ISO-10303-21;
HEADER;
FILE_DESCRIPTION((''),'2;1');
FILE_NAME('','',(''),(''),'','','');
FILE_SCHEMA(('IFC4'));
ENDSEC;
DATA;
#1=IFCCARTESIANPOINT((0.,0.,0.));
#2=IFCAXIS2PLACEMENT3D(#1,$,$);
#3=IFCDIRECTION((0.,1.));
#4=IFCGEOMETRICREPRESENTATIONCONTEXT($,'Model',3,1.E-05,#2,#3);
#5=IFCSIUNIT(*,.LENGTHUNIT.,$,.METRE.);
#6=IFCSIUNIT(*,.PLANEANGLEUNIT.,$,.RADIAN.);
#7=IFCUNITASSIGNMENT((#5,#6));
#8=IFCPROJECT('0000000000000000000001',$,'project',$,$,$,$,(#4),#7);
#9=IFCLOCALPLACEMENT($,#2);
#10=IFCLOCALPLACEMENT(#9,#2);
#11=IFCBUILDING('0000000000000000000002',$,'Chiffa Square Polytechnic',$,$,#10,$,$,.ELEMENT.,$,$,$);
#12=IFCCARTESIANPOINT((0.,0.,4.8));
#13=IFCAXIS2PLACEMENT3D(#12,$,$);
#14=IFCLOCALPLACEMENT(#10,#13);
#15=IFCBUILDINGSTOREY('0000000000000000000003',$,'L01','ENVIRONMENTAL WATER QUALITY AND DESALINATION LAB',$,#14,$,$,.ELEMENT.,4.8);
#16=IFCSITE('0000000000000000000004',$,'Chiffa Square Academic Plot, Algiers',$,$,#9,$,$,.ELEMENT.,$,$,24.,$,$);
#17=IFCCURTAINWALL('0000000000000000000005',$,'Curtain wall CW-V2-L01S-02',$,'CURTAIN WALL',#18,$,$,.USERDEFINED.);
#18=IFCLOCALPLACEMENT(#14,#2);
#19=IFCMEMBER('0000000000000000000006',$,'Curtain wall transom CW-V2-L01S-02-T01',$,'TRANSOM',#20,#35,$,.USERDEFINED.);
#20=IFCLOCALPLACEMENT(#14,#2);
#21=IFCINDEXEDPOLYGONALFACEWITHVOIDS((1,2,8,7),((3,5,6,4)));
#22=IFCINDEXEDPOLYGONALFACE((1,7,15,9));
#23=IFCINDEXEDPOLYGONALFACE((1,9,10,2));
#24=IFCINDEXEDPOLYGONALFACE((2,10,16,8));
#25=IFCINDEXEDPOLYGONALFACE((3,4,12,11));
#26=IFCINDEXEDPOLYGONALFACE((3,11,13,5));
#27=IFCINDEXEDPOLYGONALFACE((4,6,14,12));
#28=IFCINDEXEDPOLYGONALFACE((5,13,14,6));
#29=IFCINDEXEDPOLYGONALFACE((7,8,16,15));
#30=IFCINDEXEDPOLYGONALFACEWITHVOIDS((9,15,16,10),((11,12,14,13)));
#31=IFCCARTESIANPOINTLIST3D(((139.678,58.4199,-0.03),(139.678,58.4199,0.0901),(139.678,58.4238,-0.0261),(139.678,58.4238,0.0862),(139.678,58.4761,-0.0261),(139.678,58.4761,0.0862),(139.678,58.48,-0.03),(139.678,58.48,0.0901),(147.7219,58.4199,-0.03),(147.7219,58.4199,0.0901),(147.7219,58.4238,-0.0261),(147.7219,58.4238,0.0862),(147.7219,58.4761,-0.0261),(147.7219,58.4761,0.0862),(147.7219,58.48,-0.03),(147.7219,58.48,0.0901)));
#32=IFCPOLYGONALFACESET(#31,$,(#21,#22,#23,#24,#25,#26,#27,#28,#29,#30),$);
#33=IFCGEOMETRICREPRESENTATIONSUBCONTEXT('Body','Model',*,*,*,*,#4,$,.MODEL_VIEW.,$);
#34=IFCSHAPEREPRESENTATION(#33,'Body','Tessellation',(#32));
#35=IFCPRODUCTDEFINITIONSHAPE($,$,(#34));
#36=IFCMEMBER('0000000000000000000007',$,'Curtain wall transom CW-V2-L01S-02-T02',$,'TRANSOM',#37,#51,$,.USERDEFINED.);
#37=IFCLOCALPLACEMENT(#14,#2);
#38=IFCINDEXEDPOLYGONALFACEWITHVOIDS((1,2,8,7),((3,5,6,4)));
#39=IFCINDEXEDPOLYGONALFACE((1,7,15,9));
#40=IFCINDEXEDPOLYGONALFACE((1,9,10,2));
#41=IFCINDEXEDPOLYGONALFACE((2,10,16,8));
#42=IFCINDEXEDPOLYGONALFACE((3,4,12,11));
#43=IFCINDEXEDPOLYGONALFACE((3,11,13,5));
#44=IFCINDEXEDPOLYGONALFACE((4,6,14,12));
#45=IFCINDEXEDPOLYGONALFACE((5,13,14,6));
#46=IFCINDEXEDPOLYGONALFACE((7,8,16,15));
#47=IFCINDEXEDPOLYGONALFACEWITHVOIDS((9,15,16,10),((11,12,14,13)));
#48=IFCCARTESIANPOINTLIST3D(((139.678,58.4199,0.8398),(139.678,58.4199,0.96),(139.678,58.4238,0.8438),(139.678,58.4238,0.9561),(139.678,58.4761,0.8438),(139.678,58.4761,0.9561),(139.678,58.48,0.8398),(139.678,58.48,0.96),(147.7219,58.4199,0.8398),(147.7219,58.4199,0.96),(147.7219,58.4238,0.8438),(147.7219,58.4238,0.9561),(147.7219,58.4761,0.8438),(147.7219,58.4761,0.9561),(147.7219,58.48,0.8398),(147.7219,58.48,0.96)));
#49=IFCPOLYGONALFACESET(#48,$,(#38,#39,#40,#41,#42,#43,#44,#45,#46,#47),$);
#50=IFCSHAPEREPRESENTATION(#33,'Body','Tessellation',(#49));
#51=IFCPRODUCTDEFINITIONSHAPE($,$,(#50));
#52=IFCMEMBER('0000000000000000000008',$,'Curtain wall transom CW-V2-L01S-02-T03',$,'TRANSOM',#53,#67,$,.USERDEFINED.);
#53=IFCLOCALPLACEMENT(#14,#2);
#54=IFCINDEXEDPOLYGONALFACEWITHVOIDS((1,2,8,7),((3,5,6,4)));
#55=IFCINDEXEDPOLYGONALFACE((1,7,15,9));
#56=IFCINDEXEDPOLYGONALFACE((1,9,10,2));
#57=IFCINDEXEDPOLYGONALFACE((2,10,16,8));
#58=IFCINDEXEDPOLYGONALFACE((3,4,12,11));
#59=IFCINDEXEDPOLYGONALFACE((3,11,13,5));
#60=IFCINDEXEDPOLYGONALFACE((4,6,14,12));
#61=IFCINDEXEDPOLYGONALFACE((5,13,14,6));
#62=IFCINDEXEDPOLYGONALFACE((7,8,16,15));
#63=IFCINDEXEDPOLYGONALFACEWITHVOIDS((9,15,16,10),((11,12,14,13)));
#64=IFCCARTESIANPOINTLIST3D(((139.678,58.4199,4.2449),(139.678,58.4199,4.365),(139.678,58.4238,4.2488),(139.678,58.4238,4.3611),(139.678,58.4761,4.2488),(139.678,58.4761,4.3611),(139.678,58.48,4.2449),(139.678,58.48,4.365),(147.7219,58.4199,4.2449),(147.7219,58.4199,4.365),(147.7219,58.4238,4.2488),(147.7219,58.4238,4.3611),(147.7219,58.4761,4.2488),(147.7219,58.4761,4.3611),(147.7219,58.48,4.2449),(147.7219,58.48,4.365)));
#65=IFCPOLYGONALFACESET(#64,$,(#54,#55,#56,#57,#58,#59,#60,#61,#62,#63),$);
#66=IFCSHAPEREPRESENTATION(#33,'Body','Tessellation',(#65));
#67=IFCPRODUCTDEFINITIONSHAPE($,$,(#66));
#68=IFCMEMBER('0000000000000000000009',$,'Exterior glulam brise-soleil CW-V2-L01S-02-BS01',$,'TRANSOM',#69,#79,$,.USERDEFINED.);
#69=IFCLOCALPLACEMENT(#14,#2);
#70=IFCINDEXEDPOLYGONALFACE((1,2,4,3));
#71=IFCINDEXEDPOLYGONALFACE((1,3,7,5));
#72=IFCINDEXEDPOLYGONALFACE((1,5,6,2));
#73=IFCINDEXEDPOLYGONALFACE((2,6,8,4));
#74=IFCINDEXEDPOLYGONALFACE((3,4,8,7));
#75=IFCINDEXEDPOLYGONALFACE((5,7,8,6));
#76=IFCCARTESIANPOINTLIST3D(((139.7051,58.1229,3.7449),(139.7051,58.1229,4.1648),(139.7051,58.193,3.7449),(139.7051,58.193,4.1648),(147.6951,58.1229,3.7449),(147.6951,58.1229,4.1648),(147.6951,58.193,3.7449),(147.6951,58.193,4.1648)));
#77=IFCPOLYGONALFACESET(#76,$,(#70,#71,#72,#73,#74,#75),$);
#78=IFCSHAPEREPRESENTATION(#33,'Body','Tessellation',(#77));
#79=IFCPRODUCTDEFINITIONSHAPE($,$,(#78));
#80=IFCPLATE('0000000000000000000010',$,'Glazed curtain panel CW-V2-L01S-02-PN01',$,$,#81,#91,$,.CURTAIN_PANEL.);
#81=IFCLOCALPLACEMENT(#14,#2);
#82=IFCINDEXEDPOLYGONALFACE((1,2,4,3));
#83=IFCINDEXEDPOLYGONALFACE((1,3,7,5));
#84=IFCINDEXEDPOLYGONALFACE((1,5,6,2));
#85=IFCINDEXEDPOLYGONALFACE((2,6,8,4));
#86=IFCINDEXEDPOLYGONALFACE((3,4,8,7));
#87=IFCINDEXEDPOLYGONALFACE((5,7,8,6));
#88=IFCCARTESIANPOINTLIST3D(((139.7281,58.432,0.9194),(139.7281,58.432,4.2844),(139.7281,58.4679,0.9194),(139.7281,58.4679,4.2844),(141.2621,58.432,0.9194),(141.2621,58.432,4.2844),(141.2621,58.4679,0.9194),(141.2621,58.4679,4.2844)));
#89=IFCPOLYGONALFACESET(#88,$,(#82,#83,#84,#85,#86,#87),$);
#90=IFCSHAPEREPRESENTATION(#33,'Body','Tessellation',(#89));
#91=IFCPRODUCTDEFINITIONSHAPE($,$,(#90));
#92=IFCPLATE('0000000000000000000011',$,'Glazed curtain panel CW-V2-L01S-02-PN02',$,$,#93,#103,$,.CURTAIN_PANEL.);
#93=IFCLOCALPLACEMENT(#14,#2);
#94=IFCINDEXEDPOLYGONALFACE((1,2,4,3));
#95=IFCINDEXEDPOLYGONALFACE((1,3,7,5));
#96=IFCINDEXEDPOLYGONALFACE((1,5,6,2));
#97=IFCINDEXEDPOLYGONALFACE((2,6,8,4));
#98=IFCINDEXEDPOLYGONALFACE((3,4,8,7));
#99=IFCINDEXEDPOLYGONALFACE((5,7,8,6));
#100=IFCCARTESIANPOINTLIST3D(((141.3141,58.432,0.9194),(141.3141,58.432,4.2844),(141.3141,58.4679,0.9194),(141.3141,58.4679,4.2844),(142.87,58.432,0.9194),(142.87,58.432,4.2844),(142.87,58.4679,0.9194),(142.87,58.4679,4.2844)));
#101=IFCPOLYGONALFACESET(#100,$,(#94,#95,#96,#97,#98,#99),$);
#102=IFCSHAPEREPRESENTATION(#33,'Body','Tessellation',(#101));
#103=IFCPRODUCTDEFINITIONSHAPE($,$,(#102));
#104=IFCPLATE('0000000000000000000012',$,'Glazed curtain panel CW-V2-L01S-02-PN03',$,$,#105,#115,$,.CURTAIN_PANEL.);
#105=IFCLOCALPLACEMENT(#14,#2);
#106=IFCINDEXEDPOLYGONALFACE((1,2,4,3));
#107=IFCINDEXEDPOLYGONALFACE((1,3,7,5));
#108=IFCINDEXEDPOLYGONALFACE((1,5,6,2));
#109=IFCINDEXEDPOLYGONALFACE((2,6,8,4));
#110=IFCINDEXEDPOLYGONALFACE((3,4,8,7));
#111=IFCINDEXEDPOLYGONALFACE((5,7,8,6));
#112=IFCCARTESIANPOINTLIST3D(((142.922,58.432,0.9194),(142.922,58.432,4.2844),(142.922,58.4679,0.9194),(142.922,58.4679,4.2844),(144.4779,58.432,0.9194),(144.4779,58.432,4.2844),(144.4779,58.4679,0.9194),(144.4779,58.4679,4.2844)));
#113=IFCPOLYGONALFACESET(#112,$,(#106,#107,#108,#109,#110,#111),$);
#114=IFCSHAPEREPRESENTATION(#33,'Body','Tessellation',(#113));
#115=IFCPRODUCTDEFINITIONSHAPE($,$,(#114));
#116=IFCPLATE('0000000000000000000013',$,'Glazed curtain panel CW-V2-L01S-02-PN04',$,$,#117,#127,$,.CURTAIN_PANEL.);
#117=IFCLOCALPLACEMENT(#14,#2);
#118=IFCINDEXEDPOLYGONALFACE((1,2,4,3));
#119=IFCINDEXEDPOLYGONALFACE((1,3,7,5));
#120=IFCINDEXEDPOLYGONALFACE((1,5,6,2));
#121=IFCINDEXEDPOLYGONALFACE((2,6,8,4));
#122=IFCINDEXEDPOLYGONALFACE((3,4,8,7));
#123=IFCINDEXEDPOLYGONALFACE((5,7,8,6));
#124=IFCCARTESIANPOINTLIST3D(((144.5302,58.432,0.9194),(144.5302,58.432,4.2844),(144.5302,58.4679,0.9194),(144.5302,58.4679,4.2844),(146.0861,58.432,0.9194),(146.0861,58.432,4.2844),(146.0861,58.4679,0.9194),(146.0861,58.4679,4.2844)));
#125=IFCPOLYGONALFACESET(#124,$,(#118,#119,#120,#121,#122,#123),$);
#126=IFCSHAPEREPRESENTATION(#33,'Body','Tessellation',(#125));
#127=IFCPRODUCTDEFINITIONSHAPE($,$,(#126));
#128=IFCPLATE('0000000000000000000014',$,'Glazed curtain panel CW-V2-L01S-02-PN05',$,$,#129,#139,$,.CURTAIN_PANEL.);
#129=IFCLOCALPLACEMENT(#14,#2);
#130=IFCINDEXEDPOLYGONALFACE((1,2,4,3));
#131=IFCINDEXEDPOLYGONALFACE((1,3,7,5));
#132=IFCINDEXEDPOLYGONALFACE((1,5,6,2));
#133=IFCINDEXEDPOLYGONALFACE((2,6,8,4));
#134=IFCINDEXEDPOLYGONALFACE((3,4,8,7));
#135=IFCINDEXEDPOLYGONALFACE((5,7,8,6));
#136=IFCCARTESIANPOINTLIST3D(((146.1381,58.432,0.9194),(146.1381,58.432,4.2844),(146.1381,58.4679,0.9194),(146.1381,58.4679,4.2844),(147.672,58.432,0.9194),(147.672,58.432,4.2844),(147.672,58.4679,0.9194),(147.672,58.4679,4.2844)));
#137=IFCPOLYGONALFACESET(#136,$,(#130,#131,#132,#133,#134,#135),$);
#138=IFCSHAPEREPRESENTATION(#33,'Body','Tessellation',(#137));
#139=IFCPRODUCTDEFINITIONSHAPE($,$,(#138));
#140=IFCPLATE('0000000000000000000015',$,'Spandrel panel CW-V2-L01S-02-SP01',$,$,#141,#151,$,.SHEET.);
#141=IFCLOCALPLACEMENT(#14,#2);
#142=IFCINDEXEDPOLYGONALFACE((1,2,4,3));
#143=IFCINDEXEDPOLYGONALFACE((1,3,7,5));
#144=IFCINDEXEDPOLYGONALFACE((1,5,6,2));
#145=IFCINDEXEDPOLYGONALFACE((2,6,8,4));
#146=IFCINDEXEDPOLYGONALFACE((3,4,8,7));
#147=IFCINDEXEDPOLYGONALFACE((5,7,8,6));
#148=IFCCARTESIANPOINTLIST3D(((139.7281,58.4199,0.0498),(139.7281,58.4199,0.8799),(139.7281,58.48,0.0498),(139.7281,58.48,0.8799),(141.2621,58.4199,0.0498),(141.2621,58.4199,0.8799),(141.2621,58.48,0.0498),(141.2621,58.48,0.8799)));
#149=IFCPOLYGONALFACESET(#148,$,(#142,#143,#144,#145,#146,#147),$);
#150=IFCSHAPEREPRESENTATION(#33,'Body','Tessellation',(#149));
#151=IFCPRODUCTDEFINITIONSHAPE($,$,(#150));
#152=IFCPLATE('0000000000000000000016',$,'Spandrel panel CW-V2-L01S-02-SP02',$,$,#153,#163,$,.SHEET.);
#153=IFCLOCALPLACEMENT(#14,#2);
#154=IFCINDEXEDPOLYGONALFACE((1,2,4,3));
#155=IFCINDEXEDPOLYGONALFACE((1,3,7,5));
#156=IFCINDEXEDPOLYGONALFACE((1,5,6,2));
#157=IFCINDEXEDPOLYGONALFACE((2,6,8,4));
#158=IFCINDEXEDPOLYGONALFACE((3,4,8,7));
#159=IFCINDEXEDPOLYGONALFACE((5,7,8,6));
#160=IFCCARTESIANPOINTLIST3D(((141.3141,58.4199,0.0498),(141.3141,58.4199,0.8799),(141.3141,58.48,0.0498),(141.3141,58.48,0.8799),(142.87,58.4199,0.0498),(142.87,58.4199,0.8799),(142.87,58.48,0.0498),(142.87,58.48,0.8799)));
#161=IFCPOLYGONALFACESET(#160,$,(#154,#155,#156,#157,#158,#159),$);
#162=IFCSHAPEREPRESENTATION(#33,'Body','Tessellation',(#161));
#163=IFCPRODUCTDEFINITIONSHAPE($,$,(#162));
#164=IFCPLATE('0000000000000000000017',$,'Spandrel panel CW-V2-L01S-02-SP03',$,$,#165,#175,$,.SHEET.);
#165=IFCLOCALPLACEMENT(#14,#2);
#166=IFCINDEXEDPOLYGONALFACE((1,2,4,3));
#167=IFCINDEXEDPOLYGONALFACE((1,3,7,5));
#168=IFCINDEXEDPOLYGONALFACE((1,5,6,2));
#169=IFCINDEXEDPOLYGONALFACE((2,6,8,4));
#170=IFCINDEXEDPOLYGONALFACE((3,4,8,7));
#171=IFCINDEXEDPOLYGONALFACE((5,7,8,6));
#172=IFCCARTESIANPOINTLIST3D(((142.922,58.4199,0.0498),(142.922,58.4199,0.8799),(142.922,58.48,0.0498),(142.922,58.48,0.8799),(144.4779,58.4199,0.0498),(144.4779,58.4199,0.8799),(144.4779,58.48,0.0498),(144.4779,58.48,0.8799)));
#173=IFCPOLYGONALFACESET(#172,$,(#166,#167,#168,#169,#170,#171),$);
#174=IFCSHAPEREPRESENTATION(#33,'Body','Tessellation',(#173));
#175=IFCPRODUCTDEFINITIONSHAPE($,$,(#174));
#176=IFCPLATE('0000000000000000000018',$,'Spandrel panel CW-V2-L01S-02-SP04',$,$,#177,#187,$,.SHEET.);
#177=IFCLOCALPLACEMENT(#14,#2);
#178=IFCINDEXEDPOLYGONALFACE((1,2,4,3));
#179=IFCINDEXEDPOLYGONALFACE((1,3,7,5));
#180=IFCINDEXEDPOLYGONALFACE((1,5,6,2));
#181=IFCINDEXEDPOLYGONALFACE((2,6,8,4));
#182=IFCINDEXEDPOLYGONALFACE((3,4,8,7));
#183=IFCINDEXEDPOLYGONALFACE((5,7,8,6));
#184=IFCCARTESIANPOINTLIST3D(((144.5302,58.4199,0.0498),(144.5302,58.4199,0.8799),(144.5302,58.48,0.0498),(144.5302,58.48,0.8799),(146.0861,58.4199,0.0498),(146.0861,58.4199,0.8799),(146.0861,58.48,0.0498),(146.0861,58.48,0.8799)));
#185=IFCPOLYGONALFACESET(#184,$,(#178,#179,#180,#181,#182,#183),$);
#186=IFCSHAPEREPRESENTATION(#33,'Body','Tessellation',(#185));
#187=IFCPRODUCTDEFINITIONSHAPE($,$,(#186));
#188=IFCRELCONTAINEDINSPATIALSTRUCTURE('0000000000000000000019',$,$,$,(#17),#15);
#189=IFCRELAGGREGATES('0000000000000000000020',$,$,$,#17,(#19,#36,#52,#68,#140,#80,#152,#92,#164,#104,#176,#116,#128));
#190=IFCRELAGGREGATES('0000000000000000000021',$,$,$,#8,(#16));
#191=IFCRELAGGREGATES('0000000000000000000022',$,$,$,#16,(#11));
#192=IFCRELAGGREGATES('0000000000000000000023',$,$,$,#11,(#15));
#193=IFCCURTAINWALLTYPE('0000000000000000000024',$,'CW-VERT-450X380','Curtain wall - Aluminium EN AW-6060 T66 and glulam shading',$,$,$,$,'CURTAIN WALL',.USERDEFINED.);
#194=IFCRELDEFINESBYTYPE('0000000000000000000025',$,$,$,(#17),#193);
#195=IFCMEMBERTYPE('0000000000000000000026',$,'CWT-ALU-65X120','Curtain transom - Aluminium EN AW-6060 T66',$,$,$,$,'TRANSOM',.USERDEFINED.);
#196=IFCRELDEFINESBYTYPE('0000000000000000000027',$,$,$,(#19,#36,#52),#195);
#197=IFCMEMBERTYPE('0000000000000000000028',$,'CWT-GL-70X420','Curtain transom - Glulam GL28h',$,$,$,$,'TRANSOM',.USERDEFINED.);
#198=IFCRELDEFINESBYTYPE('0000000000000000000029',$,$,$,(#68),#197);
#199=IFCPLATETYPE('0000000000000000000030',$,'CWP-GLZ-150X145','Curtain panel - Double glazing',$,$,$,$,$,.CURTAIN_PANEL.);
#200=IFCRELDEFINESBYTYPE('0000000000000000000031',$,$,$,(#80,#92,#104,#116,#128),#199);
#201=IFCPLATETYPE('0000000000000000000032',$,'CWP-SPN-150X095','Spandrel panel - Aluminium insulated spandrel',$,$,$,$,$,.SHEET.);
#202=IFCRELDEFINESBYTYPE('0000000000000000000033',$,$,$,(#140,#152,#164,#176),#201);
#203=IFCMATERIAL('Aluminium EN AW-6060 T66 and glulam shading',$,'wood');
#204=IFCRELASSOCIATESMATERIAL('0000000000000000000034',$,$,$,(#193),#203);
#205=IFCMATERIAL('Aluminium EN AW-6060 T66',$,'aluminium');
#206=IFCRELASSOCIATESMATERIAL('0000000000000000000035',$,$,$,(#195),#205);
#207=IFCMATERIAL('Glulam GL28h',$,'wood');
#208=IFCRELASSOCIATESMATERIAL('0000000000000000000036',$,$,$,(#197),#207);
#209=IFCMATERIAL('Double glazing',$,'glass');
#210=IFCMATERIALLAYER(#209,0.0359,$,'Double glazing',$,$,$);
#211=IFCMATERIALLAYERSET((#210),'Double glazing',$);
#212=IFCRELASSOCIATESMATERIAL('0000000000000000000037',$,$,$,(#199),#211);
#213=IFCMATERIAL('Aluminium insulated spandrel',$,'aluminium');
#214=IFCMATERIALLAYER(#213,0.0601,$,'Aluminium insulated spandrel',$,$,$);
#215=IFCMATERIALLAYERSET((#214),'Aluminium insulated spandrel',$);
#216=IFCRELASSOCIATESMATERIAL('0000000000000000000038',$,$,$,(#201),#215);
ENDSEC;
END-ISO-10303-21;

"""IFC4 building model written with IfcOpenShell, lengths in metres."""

from ifc_helpers import new_model, si_unit, direction, frame, origin, origin_2d, place, context, subcontext, project, spatial, rectangle, hollow_rectangle, extrude, material, layer, layer_set, material_profile, profile_set, type_object, element, aggregate, save


model = new_model("IFC4")

# Units and contexts
model_context = context("Model", 3, precision=1e-05, world=origin(), true_north=direction((0.0, 1.0)))
body_context = subcontext(model_context, "Body", "Model", "MODEL_VIEW")
ifc_project = project(units=[si_unit("LENGTHUNIT", "METRE"), si_unit("PLANEANGLEUNIT", "RADIAN")], contexts=[model_context])

# Site, building, storey
site_placement = place(None, origin())
site = spatial("IfcSite", under=ifc_project, at=site_placement, Name="Chiffa Square Academic Plot, Algiers", CompositionType="ELEMENT", RefElevation=24.0)
building_placement = place(site_placement, origin())
building = spatial("IfcBuilding", under=site, at=building_placement, Name="Chiffa Square Polytechnic", CompositionType="ELEMENT")
storey_placement = place(building_placement, frame((0.0, 0.0, 4.8)))
storey = spatial("IfcBuildingStorey", under=building, at=storey_placement, Name="L01", Description="ENVIRONMENTAL WATER QUALITY AND DESALINATION LAB", CompositionType="ELEMENT", Elevation=4.8)

# Curtain wall, members, plates
ifc_material_1 = material(Name="Aluminium EN AW-6060 T66 and glulam shading", Category="wood")
curtain_wall_type = type_object("IfcCurtainWallType", Name="CW-VERT-450X380", Description="Curtain wall - Aluminium EN AW-6060 T66 and glulam shading", ElementType="CURTAIN WALL", PredefinedType="USERDEFINED", material=ifc_material_1)
curtain_wall_placement = place(storey_placement, origin())
curtain_wall = element("IfcCurtainWall", 1, at=curtain_wall_placement, inside=storey, type_object=curtain_wall_type, Name="Curtain wall CW-V2-L01S-02", ObjectType="CURTAIN WALL", PredefinedType="USERDEFINED")
ifc_material_2 = material(Name="Aluminium EN AW-6060 T66", Category="aluminium")
ifc_material_3 = material(Name="Glulam GL28h", Category="wood")
ifc_material_profile_1 = material_profile(ifc_material_2, hollow_rectangle(XDim=0.0601, YDim=0.1201, WallThickness=0.0039, at=origin_2d()), Name="ALU 60x120x4")
ifc_profile_set_1 = profile_set([ifc_material_profile_1], Name="Aluminium EN AW-6060 T66")
member_type_1 = type_object("IfcMemberType", Name="CWT-ALU-65X120", Description="Curtain transom - Aluminium EN AW-6060 T66", ElementType="TRANSOM", PredefinedType="USERDEFINED", material=ifc_profile_set_1)
member_1_placement = place(storey_placement, frame((139.678, 58.45, 0.03), z_axis=(1.0, 0.0, 0.0), x_axis=(0.0, 1.0, 0.0)))
member_1 = element("IfcMember", 2, at=member_1_placement, type_object=member_type_1, Name="Curtain wall transom CW-V2-L01S-02-T01", ObjectType="TRANSOM", PredefinedType="USERDEFINED", context=body_context, shape_type="SweptSolid", body=[
    extrude(hollow_rectangle(XDim=0.0601, YDim=0.1201, WallThickness=0.0039, at=origin_2d()), origin(), (0.0, 0.0, 1.0), 8.0439),
])
member_2_placement = place(storey_placement, frame((139.678, 58.45, 0.8999), z_axis=(1.0, 0.0, 0.0), x_axis=(0.0, 1.0, 0.0)))
member_2 = element("IfcMember", 3, at=member_2_placement, type_object=member_type_1, Name="Curtain wall transom CW-V2-L01S-02-T02", ObjectType="TRANSOM", PredefinedType="USERDEFINED", context=body_context, shape_type="SweptSolid", body=[
    extrude(hollow_rectangle(XDim=0.0601, YDim=0.1201, WallThickness=0.0039, at=origin_2d()), origin(), (0.0, 0.0, 1.0), 8.0439),
])
member_3_placement = place(storey_placement, frame((139.678, 58.45, 4.3049), z_axis=(1.0, 0.0, 0.0), x_axis=(0.0, 1.0, 0.0)))
member_3 = element("IfcMember", 4, at=member_3_placement, type_object=member_type_1, Name="Curtain wall transom CW-V2-L01S-02-T03", ObjectType="TRANSOM", PredefinedType="USERDEFINED", context=body_context, shape_type="SweptSolid", body=[
    extrude(hollow_rectangle(XDim=0.0601, YDim=0.1201, WallThickness=0.0039, at=origin_2d()), origin(), (0.0, 0.0, 1.0), 8.0439),
])
ifc_material_profile_2 = material_profile(ifc_material_3, rectangle(XDim=0.0701, YDim=0.4199, at=origin_2d()), Name="GL28h 70x420")
ifc_profile_set_2 = profile_set([ifc_material_profile_2], Name="Glulam GL28h")
member_type_2 = type_object("IfcMemberType", Name="CWT-GL-70X420", Description="Curtain transom - Glulam GL28h", ElementType="TRANSOM", PredefinedType="USERDEFINED", material=ifc_profile_set_2)
member_4_placement = place(storey_placement, frame((139.7051, 58.158, 3.9548), z_axis=(1.0, 0.0, 0.0), x_axis=(0.0, 1.0, 0.0)))
member_4 = element("IfcMember", 5, at=member_4_placement, type_object=member_type_2, Name="Exterior glulam brise-soleil CW-V2-L01S-02-BS01", ObjectType="TRANSOM", PredefinedType="USERDEFINED", context=body_context, shape_type="SweptSolid", body=[
    extrude(rectangle(XDim=0.0701, YDim=0.4199, at=origin_2d()), origin(), (0.0, 0.0, 1.0), 7.99),
])
ifc_material_4 = material(Name="Double glazing", Category="glass")
ifc_layer_1 = layer(ifc_material_4, 0.0359, Name="Double glazing")
ifc_layer_set_1 = layer_set([ifc_layer_1], Name="Double glazing")
plate_type_1 = type_object("IfcPlateType", Name="CWP-GLZ-150X145", Description="Curtain panel - Double glazing", PredefinedType="CURTAIN_PANEL", material=ifc_layer_set_1)
plate_1_placement = place(storey_placement, frame((140.4951, 58.45, 0.9194), z_axis=(0.0, 0.0, 1.0), x_axis=(1.0, 0.0, 0.0)))
plate_1 = element("IfcPlate", 6, at=plate_1_placement, type_object=plate_type_1, Name="Glazed curtain panel CW-V2-L01S-02-PN01", PredefinedType="CURTAIN_PANEL", context=body_context, shape_type="SweptSolid", body=[
    extrude(rectangle(XDim=1.5339, YDim=0.0359, at=origin_2d()), origin(), (0.0, 0.0, 1.0), 3.365),
])
plate_2_placement = place(storey_placement, frame((142.092, 58.45, 0.9194), z_axis=(0.0, 0.0, 1.0), x_axis=(1.0, 0.0, 0.0)))
plate_2 = element("IfcPlate", 7, at=plate_2_placement, type_object=plate_type_1, Name="Glazed curtain panel CW-V2-L01S-02-PN02", PredefinedType="CURTAIN_PANEL", context=body_context, shape_type="SweptSolid", body=[
    extrude(rectangle(XDim=1.5559, YDim=0.0359, at=origin_2d()), origin(), (0.0, 0.0, 1.0), 3.365),
])
plate_3_placement = place(storey_placement, frame((143.7, 58.45, 0.9194), z_axis=(0.0, 0.0, 1.0), x_axis=(1.0, 0.0, 0.0)))
plate_3 = element("IfcPlate", 8, at=plate_3_placement, type_object=plate_type_1, Name="Glazed curtain panel CW-V2-L01S-02-PN03", PredefinedType="CURTAIN_PANEL", context=body_context, shape_type="SweptSolid", body=[
    extrude(rectangle(XDim=1.5559, YDim=0.0359, at=origin_2d()), origin(), (0.0, 0.0, 1.0), 3.365),
])
plate_4_placement = place(storey_placement, frame((145.3081, 58.45, 0.9194), z_axis=(0.0, 0.0, 1.0), x_axis=(1.0, 0.0, 0.0)))
plate_4 = element("IfcPlate", 9, at=plate_4_placement, type_object=plate_type_1, Name="Glazed curtain panel CW-V2-L01S-02-PN04", PredefinedType="CURTAIN_PANEL", context=body_context, shape_type="SweptSolid", body=[
    extrude(rectangle(XDim=1.5559, YDim=0.0359, at=origin_2d()), origin(), (0.0, 0.0, 1.0), 3.365),
])
plate_5_placement = place(storey_placement, frame((146.905, 58.45, 0.9194), z_axis=(0.0, 0.0, 1.0), x_axis=(1.0, 0.0, 0.0)))
plate_5 = element("IfcPlate", 10, at=plate_5_placement, type_object=plate_type_1, Name="Glazed curtain panel CW-V2-L01S-02-PN05", PredefinedType="CURTAIN_PANEL", context=body_context, shape_type="SweptSolid", body=[
    extrude(rectangle(XDim=1.5339, YDim=0.0359, at=origin_2d()), origin(), (0.0, 0.0, 1.0), 3.365),
])
ifc_material_5 = material(Name="Aluminium insulated spandrel", Category="aluminium")
ifc_layer_2 = layer(ifc_material_5, 0.0601, Name="Aluminium insulated spandrel")
ifc_layer_set_2 = layer_set([ifc_layer_2], Name="Aluminium insulated spandrel")
plate_type_2 = type_object("IfcPlateType", Name="CWP-SPN-150X095", Description="Spandrel panel - Aluminium insulated spandrel", PredefinedType="SHEET", material=ifc_layer_set_2)
plate_6_placement = place(storey_placement, frame((140.4951, 58.45, 0.0498), z_axis=(0.0, 0.0, 1.0), x_axis=(1.0, 0.0, 0.0)))
plate_6 = element("IfcPlate", 11, at=plate_6_placement, type_object=plate_type_2, Name="Spandrel panel CW-V2-L01S-02-SP01", PredefinedType="SHEET", context=body_context, shape_type="SweptSolid", body=[
    extrude(rectangle(XDim=1.5339, YDim=0.0601, at=origin_2d()), origin(), (0.0, 0.0, 1.0), 0.8301),
])
plate_7_placement = place(storey_placement, frame((142.092, 58.45, 0.0498), z_axis=(0.0, 0.0, 1.0), x_axis=(1.0, 0.0, 0.0)))
plate_7 = element("IfcPlate", 12, at=plate_7_placement, type_object=plate_type_2, Name="Spandrel panel CW-V2-L01S-02-SP02", PredefinedType="SHEET", context=body_context, shape_type="SweptSolid", body=[
    extrude(rectangle(XDim=1.5559, YDim=0.0601, at=origin_2d()), origin(), (0.0, 0.0, 1.0), 0.8301),
])
plate_8_placement = place(storey_placement, frame((143.7, 58.45, 0.0498), z_axis=(0.0, 0.0, 1.0), x_axis=(1.0, 0.0, 0.0)))
plate_8 = element("IfcPlate", 13, at=plate_8_placement, type_object=plate_type_2, Name="Spandrel panel CW-V2-L01S-02-SP03", PredefinedType="SHEET", context=body_context, shape_type="SweptSolid", body=[
    extrude(rectangle(XDim=1.5559, YDim=0.0601, at=origin_2d()), origin(), (0.0, 0.0, 1.0), 0.8301),
])
plate_9_placement = place(storey_placement, frame((145.3081, 58.45, 0.0498), z_axis=(0.0, 0.0, 1.0), x_axis=(1.0, 0.0, 0.0)))
plate_9 = element("IfcPlate", 14, at=plate_9_placement, type_object=plate_type_2, Name="Spandrel panel CW-V2-L01S-02-SP04", PredefinedType="SHEET", context=body_context, shape_type="SweptSolid", body=[
    extrude(rectangle(XDim=1.5559, YDim=0.0601, at=origin_2d()), origin(), (0.0, 0.0, 1.0), 0.8301),
])
aggregate(curtain_wall, [member_1, member_2, member_3, member_4, plate_6, plate_1, plate_7, plate_2, plate_8, plate_3, plate_9, plate_4, plate_5])

save(model, "model.ifc")
